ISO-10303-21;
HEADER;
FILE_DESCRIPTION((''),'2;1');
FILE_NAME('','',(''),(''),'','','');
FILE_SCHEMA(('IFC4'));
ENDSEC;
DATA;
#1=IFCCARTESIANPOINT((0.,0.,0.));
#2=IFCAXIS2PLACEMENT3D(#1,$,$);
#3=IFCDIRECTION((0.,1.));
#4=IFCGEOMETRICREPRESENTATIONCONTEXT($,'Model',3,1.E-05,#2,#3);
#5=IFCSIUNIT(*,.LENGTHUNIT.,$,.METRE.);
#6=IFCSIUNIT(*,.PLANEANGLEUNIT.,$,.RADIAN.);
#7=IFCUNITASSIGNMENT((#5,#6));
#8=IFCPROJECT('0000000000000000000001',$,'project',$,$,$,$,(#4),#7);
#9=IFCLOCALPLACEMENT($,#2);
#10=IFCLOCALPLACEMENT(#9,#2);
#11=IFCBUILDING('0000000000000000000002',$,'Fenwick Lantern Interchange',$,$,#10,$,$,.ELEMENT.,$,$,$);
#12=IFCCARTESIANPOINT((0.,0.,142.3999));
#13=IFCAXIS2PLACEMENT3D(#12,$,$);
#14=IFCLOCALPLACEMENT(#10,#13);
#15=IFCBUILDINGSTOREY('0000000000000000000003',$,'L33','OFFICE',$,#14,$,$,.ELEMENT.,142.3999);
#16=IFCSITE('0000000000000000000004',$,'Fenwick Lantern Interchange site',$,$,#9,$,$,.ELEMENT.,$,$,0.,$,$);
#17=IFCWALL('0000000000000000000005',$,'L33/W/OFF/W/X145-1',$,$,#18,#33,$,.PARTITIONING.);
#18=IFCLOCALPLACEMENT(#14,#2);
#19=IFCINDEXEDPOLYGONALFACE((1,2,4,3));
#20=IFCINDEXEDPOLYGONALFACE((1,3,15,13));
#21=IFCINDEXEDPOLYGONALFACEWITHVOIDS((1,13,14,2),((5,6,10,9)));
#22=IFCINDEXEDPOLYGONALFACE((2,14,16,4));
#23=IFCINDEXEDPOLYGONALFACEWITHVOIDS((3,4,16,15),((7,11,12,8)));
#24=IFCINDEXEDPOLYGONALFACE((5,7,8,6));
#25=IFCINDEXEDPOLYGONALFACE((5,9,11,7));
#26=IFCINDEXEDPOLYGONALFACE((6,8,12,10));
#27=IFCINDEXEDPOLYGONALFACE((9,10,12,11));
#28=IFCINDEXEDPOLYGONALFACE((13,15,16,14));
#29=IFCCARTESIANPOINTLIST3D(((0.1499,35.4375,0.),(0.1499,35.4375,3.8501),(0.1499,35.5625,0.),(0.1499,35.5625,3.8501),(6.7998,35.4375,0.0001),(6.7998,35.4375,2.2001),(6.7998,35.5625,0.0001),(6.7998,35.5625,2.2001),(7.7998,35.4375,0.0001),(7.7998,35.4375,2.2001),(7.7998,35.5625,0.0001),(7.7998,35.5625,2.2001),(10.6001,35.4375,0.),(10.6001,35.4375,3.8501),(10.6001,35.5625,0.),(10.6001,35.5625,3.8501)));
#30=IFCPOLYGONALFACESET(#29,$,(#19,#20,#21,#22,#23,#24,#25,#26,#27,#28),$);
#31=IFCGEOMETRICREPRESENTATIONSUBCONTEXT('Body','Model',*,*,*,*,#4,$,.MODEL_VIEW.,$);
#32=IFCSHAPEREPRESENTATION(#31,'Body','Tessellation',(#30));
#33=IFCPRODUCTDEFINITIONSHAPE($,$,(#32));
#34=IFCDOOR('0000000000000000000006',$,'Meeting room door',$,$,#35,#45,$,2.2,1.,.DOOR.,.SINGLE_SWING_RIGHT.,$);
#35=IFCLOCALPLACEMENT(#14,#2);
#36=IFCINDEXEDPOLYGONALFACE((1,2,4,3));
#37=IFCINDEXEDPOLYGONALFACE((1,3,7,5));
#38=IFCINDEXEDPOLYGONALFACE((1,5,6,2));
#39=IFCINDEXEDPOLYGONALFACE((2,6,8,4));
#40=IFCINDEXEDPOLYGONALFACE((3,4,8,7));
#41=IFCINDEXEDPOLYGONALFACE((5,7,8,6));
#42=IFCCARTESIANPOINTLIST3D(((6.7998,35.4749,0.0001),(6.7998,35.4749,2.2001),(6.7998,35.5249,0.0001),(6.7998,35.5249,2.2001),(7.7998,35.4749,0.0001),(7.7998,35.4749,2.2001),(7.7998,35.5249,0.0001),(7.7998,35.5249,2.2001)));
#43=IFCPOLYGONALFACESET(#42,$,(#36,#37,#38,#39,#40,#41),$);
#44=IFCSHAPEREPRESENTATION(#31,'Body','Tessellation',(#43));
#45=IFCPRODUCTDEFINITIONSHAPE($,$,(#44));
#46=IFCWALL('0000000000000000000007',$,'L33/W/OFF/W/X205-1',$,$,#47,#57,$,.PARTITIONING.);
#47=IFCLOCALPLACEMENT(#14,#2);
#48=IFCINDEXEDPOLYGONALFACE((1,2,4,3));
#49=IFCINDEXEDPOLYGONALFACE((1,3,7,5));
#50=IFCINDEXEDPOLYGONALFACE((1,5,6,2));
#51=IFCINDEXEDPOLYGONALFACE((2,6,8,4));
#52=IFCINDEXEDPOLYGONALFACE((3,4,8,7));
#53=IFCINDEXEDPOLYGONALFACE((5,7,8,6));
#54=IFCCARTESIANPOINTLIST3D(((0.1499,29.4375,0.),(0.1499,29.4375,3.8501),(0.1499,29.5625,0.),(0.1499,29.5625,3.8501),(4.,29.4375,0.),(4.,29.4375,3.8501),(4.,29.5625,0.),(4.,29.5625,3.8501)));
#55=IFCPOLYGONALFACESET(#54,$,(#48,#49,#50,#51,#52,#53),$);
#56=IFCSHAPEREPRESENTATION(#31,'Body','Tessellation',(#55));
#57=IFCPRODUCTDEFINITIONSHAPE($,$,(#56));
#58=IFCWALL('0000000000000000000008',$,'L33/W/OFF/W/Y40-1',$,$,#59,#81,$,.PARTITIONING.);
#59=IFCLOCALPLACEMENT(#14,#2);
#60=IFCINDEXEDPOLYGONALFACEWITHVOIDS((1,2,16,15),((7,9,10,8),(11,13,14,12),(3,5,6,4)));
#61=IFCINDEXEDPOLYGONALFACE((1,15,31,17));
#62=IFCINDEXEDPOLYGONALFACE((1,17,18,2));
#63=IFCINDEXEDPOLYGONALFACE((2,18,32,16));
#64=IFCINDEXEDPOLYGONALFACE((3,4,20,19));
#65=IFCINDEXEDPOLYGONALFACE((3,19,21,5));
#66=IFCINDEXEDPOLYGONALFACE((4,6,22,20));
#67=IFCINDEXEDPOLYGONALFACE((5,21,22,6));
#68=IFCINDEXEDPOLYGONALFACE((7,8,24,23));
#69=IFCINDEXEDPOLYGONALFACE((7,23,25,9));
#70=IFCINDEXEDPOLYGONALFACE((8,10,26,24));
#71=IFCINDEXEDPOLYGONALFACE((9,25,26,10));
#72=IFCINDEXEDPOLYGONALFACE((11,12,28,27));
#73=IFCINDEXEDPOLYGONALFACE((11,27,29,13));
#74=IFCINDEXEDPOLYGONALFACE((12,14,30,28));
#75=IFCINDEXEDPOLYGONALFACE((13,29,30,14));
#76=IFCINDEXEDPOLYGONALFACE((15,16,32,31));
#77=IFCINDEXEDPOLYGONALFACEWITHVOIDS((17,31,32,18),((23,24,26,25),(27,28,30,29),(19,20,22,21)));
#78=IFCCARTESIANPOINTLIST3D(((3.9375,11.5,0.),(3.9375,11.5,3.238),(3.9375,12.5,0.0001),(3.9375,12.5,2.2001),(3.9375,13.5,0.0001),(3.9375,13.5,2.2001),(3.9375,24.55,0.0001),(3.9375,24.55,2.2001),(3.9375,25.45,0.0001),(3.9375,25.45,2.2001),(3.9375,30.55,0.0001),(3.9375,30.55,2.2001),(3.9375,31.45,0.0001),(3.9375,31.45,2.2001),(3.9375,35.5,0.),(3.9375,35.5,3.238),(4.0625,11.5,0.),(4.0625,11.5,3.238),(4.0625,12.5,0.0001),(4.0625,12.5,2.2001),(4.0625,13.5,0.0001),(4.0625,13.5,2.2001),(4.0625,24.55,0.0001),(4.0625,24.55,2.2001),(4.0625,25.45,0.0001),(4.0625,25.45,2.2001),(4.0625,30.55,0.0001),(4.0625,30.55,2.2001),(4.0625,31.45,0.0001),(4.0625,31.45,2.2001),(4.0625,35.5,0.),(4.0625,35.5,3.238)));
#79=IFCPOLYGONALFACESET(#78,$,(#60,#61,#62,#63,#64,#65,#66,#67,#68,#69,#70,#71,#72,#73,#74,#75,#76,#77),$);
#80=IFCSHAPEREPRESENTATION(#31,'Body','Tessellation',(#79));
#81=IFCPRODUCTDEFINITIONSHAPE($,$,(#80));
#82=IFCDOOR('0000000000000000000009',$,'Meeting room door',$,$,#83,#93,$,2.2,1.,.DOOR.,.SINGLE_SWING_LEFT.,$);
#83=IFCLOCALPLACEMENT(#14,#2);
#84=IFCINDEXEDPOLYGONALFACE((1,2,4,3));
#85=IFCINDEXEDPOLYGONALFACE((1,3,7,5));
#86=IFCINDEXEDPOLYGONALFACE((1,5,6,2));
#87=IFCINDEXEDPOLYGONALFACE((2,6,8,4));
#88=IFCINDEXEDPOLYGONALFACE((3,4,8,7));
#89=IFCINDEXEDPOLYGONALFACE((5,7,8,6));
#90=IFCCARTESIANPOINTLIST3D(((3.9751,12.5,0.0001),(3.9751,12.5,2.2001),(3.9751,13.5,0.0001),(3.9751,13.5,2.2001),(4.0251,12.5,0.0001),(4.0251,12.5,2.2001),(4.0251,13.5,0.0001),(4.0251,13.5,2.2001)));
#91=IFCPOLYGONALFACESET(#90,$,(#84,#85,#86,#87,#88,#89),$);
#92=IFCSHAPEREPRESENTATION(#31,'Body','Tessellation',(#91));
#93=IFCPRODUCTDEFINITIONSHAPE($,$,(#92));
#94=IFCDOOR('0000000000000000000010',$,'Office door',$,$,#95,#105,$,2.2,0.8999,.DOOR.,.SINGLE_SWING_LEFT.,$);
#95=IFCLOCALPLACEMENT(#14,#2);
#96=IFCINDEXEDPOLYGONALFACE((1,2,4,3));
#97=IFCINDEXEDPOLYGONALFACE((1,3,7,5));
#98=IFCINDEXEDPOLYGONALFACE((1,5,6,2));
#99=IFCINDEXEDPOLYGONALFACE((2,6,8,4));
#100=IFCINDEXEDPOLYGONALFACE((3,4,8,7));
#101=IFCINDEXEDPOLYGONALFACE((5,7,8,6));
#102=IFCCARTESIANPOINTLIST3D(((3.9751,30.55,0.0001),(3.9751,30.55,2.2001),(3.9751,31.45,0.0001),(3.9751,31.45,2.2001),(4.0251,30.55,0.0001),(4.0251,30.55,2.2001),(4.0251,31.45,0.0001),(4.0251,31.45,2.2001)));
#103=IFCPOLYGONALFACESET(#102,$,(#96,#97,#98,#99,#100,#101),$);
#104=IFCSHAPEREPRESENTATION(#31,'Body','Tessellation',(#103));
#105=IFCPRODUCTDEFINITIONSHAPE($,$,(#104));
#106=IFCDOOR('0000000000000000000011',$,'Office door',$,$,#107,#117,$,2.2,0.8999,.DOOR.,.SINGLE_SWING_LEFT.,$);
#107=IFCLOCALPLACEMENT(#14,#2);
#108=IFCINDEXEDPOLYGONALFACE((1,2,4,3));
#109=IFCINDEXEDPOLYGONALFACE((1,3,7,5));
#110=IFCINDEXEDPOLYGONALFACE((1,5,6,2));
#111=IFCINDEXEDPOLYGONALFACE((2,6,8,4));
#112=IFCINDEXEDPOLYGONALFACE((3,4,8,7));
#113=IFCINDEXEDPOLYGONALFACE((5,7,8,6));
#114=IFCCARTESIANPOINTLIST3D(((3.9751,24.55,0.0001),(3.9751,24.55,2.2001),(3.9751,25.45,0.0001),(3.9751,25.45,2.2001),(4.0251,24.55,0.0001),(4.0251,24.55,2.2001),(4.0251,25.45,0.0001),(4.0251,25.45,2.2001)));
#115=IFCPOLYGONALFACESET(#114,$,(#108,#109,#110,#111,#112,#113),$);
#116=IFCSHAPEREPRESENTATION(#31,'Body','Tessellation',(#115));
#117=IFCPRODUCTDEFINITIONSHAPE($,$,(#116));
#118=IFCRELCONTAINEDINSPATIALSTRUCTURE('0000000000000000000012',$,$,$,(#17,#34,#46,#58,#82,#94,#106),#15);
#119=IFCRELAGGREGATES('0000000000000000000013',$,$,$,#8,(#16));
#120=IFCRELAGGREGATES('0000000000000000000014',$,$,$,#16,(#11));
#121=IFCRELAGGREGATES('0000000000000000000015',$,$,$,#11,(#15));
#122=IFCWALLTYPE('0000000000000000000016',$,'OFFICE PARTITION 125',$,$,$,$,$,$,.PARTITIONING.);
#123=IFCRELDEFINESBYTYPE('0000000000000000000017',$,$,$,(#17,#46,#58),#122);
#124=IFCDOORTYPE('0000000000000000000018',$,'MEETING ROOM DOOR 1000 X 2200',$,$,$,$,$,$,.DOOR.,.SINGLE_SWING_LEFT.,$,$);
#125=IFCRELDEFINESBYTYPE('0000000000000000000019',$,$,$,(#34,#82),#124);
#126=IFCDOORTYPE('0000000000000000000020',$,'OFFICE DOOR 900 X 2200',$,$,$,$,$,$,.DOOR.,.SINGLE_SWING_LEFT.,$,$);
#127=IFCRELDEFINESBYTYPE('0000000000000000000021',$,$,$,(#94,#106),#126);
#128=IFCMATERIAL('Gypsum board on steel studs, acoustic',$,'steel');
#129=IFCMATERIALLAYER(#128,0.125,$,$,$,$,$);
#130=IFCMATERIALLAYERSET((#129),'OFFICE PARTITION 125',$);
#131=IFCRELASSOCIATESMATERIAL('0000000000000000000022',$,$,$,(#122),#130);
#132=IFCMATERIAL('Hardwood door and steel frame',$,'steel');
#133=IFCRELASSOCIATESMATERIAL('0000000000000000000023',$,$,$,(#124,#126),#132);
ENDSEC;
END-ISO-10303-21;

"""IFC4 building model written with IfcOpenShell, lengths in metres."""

from ifc_helpers import new_model, si_unit, direction, frame, frame_2d, origin, place, context, subcontext, project, spatial, rectangle, extrude, material, layer, layer_set, type_object, element, fill, save


model = new_model("IFC4")

# Units and contexts
model_context = context("Model", 3, precision=1e-05, world=origin(), true_north=direction((0.0, 1.0)))
body_context = subcontext(model_context, "Body", "Model", "MODEL_VIEW")
ifc_project = project(units=[si_unit("LENGTHUNIT", "METRE"), si_unit("PLANEANGLEUNIT", "RADIAN")], contexts=[model_context])

# Site, building, storey
site_placement = place(None, origin())
site = spatial("IfcSite", under=ifc_project, at=site_placement, Name="Fenwick Lantern Interchange site", CompositionType="ELEMENT", RefElevation=0.0)
building_placement = place(site_placement, origin())
building = spatial("IfcBuilding", under=site, at=building_placement, Name="Fenwick Lantern Interchange", CompositionType="ELEMENT")
storey_placement = place(building_placement, frame((0.0, 0.0, 142.3999)))
storey = spatial("IfcBuildingStorey", under=building, at=storey_placement, Name="L33", Description="OFFICE", CompositionType="ELEMENT", Elevation=142.3999)

# Wall, opening, door
ifc_material_1 = material(Name="Gypsum board on steel studs, acoustic", Category="steel")
ifc_layer_1 = layer(ifc_material_1, 0.125)
ifc_layer_set_1 = layer_set([ifc_layer_1], Name="OFFICE PARTITION 125")
wall_type_1 = type_object("IfcWallType", Name="OFFICE PARTITION 125", PredefinedType="PARTITIONING", material=ifc_layer_set_1)
wall_1_placement = place(storey_placement, frame((0.1499, 35.5, 0.0), z_axis=(0.0, 0.0, 1.0), x_axis=(1.0, 0.0, 0.0)))
wall_1 = element("IfcWall", 1, at=wall_1_placement, inside=storey, type_object=wall_type_1, Name="L33/W/OFF/W/X145-1", PredefinedType="PARTITIONING", context=body_context, shape_type="SweptSolid", body=[
    extrude(rectangle(XDim=10.4502, YDim=0.125, at=frame_2d((5.2251, 0.0))), origin(), (0.0, 0.0, 1.0), 3.8501),
])
opening_1_placement = place(wall_1_placement, frame((6.6499, 0.0, 0.0)))
opening_1 = element("IfcOpeningElement", 2, at=opening_1_placement, cuts=wall_1, PredefinedType="OPENING", context=body_context, shape_type="SweptSolid", body=[
    extrude(rectangle(XDim=1.0, YDim=2.2, at=frame_2d((0.5, 1.1001))), frame((0.0, 0.0725, 0.0), z_axis=(0.0, -1.0, 0.0), x_axis=(1.0, 0.0, 0.0)), (0.0, 0.0, 1.0), 0.145),
])
ifc_material_2 = material(Name="Hardwood door and steel frame", Category="steel")
door_type_1 = type_object("IfcDoorType", Name="MEETING ROOM DOOR 1000 X 2200", OperationType="SINGLE_SWING_LEFT", PredefinedType="DOOR", material=ifc_material_2)
door_1_placement = place(opening_1_placement, origin())
door_1 = element("IfcDoor", 3, at=door_1_placement, inside=storey, type_object=door_type_1, Name="Meeting room door", OperationType="SINGLE_SWING_RIGHT", OverallHeight=2.2, OverallWidth=1.0, PredefinedType="DOOR", context=body_context, shape_type="SweptSolid", body=[
    extrude(rectangle(XDim=1.0, YDim=2.2, at=frame_2d((0.5, 1.1001))), frame((0.0, 0.0249, 0.0), z_axis=(0.0, -1.0, 0.0), x_axis=(1.0, 0.0, 0.0)), (0.0, 0.0, 1.0), 0.05),
])
fill(opening_1, door_1)

# Wall
wall_2_placement = place(storey_placement, frame((0.1499, 29.5, 0.0), z_axis=(0.0, 0.0, 1.0), x_axis=(1.0, 0.0, 0.0)))
element("IfcWall", 4, at=wall_2_placement, inside=storey, type_object=wall_type_1, Name="L33/W/OFF/W/X205-1", PredefinedType="PARTITIONING", context=body_context, shape_type="SweptSolid", body=[
    extrude(rectangle(XDim=3.8501, YDim=0.125, at=frame_2d((1.925, 0.0))), origin(), (0.0, 0.0, 1.0), 3.8501),
])

# Wall, openings, doors
wall_3_placement = place(storey_placement, frame((4.0, 35.5, 0.0), z_axis=(0.0, 0.0, 1.0), x_axis=(0.0, -1.0, 0.0)))
wall_3 = element("IfcWall", 5, at=wall_3_placement, inside=storey, type_object=wall_type_1, Name="L33/W/OFF/W/Y40-1", PredefinedType="PARTITIONING", context=body_context, shape_type="SweptSolid", body=[
    extrude(rectangle(XDim=24.0, YDim=0.125, at=frame_2d((12.0, 0.0))), origin(), (0.0, 0.0, 1.0), 3.238),
])
opening_2_placement = place(wall_3_placement, frame((4.05, 0.0, 0.0)))
opening_2 = element("IfcOpeningElement", 6, at=opening_2_placement, cuts=wall_3, PredefinedType="OPENING", context=body_context, shape_type="SweptSolid", body=[
    extrude(rectangle(XDim=0.8999, YDim=2.2, at=frame_2d((0.45, 1.1001))), frame((0.0, 0.0725, 0.0), z_axis=(0.0, -1.0, 0.0), x_axis=(1.0, 0.0, 0.0)), (0.0, 0.0, 1.0), 0.145),
])
opening_3_placement = place(wall_3_placement, frame((10.05, 0.0, 0.0)))
opening_3 = element("IfcOpeningElement", 7, at=opening_3_placement, cuts=wall_3, PredefinedType="OPENING", context=body_context, shape_type="SweptSolid", body=[
    extrude(rectangle(XDim=0.8999, YDim=2.2, at=frame_2d((0.45, 1.1001))), frame((0.0, 0.0725, 0.0), z_axis=(0.0, -1.0, 0.0), x_axis=(1.0, 0.0, 0.0)), (0.0, 0.0, 1.0), 0.145),
])
opening_4_placement = place(wall_3_placement, frame((22.0, 0.0, 0.0)))
opening_4 = element("IfcOpeningElement", 8, at=opening_4_placement, cuts=wall_3, PredefinedType="OPENING", context=body_context, shape_type="SweptSolid", body=[
    extrude(rectangle(XDim=1.0, YDim=2.2, at=frame_2d((0.5, 1.1001))), frame((0.0, 0.0725, 0.0), z_axis=(0.0, -1.0, 0.0), x_axis=(1.0, 0.0, 0.0)), (0.0, 0.0, 1.0), 0.145),
])
door_2_placement = place(opening_4_placement, frame((1.0, 0.0, 0.0), z_axis=(0.0, 0.0, 1.0), x_axis=(-1.0, 0.0, 0.0)))
door_2 = element("IfcDoor", 9, at=door_2_placement, inside=storey, type_object=door_type_1, Name="Meeting room door", OperationType="SINGLE_SWING_LEFT", OverallHeight=2.2, OverallWidth=1.0, PredefinedType="DOOR", context=body_context, shape_type="SweptSolid", body=[
    extrude(rectangle(XDim=1.0, YDim=2.2, at=frame_2d((0.5, 1.1001))), frame((0.0, 0.0249, 0.0), z_axis=(0.0, -1.0, 0.0), x_axis=(1.0, 0.0, 0.0)), (0.0, 0.0, 1.0), 0.05),
])
fill(opening_4, door_2)
door_type_2 = type_object("IfcDoorType", Name="OFFICE DOOR 900 X 2200", OperationType="SINGLE_SWING_LEFT", PredefinedType="DOOR", material=ifc_material_2)
door_3_placement = place(opening_2_placement, frame((0.8999, 0.0, 0.0), z_axis=(0.0, 0.0, 1.0), x_axis=(-1.0, 0.0, 0.0)))
door_3 = element("IfcDoor", 10, at=door_3_placement, inside=storey, type_object=door_type_2, Name="Office door", OperationType="SINGLE_SWING_LEFT", OverallHeight=2.2, OverallWidth=0.8999, PredefinedType="DOOR", context=body_context, shape_type="SweptSolid", body=[
    extrude(rectangle(XDim=0.8999, YDim=2.2, at=frame_2d((0.45, 1.1001))), frame((0.0, 0.0249, 0.0), z_axis=(0.0, -1.0, 0.0), x_axis=(1.0, 0.0, 0.0)), (0.0, 0.0, 1.0), 0.05),
])
fill(opening_2, door_3)
door_4_placement = place(opening_3_placement, frame((0.8999, 0.0, 0.0), z_axis=(0.0, 0.0, 1.0), x_axis=(-1.0, 0.0, 0.0)))
door_4 = element("IfcDoor", 11, at=door_4_placement, inside=storey, type_object=door_type_2, Name="Office door", OperationType="SINGLE_SWING_LEFT", OverallHeight=2.2, OverallWidth=0.8999, PredefinedType="DOOR", context=body_context, shape_type="SweptSolid", body=[
    extrude(rectangle(XDim=0.8999, YDim=2.2, at=frame_2d((0.45, 1.1001))), frame((0.0, 0.0249, 0.0), z_axis=(0.0, -1.0, 0.0), x_axis=(1.0, 0.0, 0.0)), (0.0, 0.0, 1.0), 0.05),
])
fill(opening_3, door_4)

save(model, "model.ifc")
